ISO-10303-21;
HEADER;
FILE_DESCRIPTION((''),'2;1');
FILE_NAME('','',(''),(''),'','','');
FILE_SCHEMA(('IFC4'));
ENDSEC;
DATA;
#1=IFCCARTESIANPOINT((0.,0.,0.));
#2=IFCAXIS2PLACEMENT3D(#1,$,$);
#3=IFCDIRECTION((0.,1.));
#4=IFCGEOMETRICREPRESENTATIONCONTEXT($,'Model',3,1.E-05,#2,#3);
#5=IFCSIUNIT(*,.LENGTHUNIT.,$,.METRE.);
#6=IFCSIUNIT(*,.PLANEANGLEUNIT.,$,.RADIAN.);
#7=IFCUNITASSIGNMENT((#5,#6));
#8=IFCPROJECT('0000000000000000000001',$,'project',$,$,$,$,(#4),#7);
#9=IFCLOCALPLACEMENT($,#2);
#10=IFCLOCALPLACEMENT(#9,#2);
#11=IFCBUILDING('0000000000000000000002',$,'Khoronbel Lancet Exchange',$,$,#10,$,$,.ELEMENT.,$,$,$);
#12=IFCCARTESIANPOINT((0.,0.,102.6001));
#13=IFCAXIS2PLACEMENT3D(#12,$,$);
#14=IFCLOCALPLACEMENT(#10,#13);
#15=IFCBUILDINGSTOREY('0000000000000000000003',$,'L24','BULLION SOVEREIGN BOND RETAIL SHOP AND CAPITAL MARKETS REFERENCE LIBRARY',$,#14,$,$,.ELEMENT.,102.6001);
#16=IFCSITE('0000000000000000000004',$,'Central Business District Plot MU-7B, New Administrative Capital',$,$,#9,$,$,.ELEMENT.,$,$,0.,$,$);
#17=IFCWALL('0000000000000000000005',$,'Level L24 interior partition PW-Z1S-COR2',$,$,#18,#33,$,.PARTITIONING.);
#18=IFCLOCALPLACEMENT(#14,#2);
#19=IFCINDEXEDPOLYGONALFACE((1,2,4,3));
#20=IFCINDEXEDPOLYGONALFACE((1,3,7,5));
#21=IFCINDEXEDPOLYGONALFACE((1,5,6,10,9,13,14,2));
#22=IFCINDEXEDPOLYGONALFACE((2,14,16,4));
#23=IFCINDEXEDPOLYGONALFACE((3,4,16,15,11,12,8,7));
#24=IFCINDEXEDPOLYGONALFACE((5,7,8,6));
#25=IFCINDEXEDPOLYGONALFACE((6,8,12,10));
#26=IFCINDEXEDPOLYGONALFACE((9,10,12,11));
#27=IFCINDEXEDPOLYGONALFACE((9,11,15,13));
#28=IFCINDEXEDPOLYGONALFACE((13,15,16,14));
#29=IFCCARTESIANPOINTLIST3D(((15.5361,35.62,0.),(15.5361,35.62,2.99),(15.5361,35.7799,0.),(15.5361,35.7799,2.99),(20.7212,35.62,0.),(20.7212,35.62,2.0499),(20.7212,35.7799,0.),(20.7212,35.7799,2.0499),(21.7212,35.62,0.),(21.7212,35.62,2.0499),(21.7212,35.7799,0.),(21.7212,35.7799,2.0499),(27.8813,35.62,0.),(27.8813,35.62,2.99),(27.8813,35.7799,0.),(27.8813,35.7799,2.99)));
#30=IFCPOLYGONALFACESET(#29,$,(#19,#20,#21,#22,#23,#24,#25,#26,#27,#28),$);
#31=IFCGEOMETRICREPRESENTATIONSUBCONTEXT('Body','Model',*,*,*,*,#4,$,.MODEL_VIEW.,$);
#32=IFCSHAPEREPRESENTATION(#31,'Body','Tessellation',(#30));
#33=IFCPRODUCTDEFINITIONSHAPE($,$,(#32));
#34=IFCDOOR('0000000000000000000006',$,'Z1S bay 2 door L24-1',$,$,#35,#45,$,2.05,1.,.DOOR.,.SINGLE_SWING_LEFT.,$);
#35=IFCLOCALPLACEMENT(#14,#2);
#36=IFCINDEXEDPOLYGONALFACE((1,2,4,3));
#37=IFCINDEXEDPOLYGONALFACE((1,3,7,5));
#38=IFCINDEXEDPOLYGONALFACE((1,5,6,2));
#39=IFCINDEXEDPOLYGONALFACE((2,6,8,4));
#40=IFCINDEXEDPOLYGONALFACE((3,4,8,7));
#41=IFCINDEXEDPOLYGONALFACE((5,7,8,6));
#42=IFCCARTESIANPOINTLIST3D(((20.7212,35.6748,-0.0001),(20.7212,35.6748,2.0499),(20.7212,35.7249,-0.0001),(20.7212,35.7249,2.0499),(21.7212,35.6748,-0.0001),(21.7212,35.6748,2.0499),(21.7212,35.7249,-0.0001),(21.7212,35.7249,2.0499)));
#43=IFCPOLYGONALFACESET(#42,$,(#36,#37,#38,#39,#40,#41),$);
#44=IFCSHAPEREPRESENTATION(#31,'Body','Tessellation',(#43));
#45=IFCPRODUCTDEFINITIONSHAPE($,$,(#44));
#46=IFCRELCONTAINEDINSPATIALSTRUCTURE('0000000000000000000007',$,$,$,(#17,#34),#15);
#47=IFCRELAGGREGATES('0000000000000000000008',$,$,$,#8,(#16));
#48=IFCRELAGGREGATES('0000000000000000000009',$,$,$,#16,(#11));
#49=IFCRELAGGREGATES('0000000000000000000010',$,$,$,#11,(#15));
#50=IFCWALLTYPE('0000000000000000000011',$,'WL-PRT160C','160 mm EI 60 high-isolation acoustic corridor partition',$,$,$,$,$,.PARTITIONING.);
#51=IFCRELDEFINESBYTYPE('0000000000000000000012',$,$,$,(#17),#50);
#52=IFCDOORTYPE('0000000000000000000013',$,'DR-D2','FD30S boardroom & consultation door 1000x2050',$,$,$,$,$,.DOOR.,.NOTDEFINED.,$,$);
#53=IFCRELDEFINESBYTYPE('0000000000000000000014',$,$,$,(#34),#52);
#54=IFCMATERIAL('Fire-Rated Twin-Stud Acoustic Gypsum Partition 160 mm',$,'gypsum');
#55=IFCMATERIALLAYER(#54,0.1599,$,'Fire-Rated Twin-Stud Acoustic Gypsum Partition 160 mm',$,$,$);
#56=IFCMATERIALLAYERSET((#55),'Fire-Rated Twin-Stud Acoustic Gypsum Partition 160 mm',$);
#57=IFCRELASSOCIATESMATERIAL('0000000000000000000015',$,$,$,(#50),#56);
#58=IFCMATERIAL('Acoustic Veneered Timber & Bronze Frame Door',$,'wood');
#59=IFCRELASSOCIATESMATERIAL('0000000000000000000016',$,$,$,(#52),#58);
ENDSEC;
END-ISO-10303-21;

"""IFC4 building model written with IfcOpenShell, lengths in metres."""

from ifc_helpers import new_model, si_unit, direction, frame, frame_2d, origin, place, context, subcontext, project, spatial, rectangle, extrude, material, layer, layer_set, type_object, element, fill, save


model = new_model("IFC4")

# Units and contexts
model_context = context("Model", 3, precision=1e-05, world=origin(), true_north=direction((0.0, 1.0)))
body_context = subcontext(model_context, "Body", "Model", "MODEL_VIEW")
ifc_project = project(units=[si_unit("LENGTHUNIT", "METRE"), si_unit("PLANEANGLEUNIT", "RADIAN")], contexts=[model_context])

# Site, building, storey
site_placement = place(None, origin())
site = spatial("IfcSite", under=ifc_project, at=site_placement, Name="Central Business District Plot MU-7B, New Administrative Capital", CompositionType="ELEMENT", RefElevation=0.0)
building_placement = place(site_placement, origin())
building = spatial("IfcBuilding", under=site, at=building_placement, Name="Khoronbel Lancet Exchange", CompositionType="ELEMENT")
storey_placement = place(building_placement, frame((0.0, 0.0, 102.6001)))
storey = spatial("IfcBuildingStorey", under=building, at=storey_placement, Name="L24", Description="BULLION SOVEREIGN BOND RETAIL SHOP AND CAPITAL MARKETS REFERENCE LIBRARY", CompositionType="ELEMENT", Elevation=102.6001)

# Wall, opening, door
ifc_material_1 = material(Name="Fire-Rated Twin-Stud Acoustic Gypsum Partition 160 mm", Category="gypsum")
ifc_layer_1 = layer(ifc_material_1, 0.1599, Name="Fire-Rated Twin-Stud Acoustic Gypsum Partition 160 mm")
ifc_layer_set_1 = layer_set([ifc_layer_1], Name="Fire-Rated Twin-Stud Acoustic Gypsum Partition 160 mm")
wall_type_1 = type_object("IfcWallType", Name="WL-PRT160C", Description="160 mm EI 60 high-isolation acoustic corridor partition", PredefinedType="PARTITIONING", material=ifc_layer_set_1)
ifc_material_2 = material(Name="Acoustic Veneered Timber & Bronze Frame Door", Category="wood")
door_type_1 = type_object("IfcDoorType", Name="DR-D2", Description="FD30S boardroom & consultation door 1000x2050", OperationType="NOTDEFINED", PredefinedType="DOOR", material=ifc_material_2)
wall_1_placement = place(storey_placement, frame((15.5361, 35.7, 0.0), z_axis=(0.0, 0.0, 1.0), x_axis=(1.0, 0.0, 0.0)))
wall_1 = element("IfcWall", 1, at=wall_1_placement, inside=storey, type_object=wall_type_1, Name="Level L24 interior partition PW-Z1S-COR2", PredefinedType="PARTITIONING", context=body_context, shape_type="SweptSolid", body=[
    extrude(rectangle(XDim=12.3452, YDim=0.1599, at=frame_2d((6.1726, 0.0))), origin(), (0.0, 0.0, 1.0), 2.99),
])
opening_1_placement = place(wall_1_placement, frame((5.1851, 0.0, 0.0)))
opening_1 = element("IfcOpeningElement", 2, at=opening_1_placement, cuts=wall_1, PredefinedType="OPENING", context=body_context, shape_type="SweptSolid", body=[
    extrude(rectangle(XDim=1.0, YDim=2.05, at=frame_2d((0.5, 1.0249))), frame((0.0, 0.0898, 0.0), z_axis=(0.0, -1.0, 0.0), x_axis=(1.0, 0.0, 0.0)), (0.0, 0.0, 1.0), 0.1799),
])
door_1_placement = place(opening_1_placement, origin())
door_1 = element("IfcDoor", 3, at=door_1_placement, inside=storey, type_object=door_type_1, Name="Z1S bay 2 door L24-1", OperationType="SINGLE_SWING_LEFT", OverallHeight=2.05, OverallWidth=1.0, PredefinedType="DOOR", context=body_context, shape_type="SweptSolid", body=[
    extrude(rectangle(XDim=1.0, YDim=2.05, at=frame_2d((0.5, 1.0249))), frame((0.0, 0.0249, 0.0), z_axis=(0.0, -1.0, 0.0), x_axis=(1.0, 0.0, 0.0)), (0.0, 0.0, 1.0), 0.05),
])
fill(opening_1, door_1)

save(model, "model.ifc")
